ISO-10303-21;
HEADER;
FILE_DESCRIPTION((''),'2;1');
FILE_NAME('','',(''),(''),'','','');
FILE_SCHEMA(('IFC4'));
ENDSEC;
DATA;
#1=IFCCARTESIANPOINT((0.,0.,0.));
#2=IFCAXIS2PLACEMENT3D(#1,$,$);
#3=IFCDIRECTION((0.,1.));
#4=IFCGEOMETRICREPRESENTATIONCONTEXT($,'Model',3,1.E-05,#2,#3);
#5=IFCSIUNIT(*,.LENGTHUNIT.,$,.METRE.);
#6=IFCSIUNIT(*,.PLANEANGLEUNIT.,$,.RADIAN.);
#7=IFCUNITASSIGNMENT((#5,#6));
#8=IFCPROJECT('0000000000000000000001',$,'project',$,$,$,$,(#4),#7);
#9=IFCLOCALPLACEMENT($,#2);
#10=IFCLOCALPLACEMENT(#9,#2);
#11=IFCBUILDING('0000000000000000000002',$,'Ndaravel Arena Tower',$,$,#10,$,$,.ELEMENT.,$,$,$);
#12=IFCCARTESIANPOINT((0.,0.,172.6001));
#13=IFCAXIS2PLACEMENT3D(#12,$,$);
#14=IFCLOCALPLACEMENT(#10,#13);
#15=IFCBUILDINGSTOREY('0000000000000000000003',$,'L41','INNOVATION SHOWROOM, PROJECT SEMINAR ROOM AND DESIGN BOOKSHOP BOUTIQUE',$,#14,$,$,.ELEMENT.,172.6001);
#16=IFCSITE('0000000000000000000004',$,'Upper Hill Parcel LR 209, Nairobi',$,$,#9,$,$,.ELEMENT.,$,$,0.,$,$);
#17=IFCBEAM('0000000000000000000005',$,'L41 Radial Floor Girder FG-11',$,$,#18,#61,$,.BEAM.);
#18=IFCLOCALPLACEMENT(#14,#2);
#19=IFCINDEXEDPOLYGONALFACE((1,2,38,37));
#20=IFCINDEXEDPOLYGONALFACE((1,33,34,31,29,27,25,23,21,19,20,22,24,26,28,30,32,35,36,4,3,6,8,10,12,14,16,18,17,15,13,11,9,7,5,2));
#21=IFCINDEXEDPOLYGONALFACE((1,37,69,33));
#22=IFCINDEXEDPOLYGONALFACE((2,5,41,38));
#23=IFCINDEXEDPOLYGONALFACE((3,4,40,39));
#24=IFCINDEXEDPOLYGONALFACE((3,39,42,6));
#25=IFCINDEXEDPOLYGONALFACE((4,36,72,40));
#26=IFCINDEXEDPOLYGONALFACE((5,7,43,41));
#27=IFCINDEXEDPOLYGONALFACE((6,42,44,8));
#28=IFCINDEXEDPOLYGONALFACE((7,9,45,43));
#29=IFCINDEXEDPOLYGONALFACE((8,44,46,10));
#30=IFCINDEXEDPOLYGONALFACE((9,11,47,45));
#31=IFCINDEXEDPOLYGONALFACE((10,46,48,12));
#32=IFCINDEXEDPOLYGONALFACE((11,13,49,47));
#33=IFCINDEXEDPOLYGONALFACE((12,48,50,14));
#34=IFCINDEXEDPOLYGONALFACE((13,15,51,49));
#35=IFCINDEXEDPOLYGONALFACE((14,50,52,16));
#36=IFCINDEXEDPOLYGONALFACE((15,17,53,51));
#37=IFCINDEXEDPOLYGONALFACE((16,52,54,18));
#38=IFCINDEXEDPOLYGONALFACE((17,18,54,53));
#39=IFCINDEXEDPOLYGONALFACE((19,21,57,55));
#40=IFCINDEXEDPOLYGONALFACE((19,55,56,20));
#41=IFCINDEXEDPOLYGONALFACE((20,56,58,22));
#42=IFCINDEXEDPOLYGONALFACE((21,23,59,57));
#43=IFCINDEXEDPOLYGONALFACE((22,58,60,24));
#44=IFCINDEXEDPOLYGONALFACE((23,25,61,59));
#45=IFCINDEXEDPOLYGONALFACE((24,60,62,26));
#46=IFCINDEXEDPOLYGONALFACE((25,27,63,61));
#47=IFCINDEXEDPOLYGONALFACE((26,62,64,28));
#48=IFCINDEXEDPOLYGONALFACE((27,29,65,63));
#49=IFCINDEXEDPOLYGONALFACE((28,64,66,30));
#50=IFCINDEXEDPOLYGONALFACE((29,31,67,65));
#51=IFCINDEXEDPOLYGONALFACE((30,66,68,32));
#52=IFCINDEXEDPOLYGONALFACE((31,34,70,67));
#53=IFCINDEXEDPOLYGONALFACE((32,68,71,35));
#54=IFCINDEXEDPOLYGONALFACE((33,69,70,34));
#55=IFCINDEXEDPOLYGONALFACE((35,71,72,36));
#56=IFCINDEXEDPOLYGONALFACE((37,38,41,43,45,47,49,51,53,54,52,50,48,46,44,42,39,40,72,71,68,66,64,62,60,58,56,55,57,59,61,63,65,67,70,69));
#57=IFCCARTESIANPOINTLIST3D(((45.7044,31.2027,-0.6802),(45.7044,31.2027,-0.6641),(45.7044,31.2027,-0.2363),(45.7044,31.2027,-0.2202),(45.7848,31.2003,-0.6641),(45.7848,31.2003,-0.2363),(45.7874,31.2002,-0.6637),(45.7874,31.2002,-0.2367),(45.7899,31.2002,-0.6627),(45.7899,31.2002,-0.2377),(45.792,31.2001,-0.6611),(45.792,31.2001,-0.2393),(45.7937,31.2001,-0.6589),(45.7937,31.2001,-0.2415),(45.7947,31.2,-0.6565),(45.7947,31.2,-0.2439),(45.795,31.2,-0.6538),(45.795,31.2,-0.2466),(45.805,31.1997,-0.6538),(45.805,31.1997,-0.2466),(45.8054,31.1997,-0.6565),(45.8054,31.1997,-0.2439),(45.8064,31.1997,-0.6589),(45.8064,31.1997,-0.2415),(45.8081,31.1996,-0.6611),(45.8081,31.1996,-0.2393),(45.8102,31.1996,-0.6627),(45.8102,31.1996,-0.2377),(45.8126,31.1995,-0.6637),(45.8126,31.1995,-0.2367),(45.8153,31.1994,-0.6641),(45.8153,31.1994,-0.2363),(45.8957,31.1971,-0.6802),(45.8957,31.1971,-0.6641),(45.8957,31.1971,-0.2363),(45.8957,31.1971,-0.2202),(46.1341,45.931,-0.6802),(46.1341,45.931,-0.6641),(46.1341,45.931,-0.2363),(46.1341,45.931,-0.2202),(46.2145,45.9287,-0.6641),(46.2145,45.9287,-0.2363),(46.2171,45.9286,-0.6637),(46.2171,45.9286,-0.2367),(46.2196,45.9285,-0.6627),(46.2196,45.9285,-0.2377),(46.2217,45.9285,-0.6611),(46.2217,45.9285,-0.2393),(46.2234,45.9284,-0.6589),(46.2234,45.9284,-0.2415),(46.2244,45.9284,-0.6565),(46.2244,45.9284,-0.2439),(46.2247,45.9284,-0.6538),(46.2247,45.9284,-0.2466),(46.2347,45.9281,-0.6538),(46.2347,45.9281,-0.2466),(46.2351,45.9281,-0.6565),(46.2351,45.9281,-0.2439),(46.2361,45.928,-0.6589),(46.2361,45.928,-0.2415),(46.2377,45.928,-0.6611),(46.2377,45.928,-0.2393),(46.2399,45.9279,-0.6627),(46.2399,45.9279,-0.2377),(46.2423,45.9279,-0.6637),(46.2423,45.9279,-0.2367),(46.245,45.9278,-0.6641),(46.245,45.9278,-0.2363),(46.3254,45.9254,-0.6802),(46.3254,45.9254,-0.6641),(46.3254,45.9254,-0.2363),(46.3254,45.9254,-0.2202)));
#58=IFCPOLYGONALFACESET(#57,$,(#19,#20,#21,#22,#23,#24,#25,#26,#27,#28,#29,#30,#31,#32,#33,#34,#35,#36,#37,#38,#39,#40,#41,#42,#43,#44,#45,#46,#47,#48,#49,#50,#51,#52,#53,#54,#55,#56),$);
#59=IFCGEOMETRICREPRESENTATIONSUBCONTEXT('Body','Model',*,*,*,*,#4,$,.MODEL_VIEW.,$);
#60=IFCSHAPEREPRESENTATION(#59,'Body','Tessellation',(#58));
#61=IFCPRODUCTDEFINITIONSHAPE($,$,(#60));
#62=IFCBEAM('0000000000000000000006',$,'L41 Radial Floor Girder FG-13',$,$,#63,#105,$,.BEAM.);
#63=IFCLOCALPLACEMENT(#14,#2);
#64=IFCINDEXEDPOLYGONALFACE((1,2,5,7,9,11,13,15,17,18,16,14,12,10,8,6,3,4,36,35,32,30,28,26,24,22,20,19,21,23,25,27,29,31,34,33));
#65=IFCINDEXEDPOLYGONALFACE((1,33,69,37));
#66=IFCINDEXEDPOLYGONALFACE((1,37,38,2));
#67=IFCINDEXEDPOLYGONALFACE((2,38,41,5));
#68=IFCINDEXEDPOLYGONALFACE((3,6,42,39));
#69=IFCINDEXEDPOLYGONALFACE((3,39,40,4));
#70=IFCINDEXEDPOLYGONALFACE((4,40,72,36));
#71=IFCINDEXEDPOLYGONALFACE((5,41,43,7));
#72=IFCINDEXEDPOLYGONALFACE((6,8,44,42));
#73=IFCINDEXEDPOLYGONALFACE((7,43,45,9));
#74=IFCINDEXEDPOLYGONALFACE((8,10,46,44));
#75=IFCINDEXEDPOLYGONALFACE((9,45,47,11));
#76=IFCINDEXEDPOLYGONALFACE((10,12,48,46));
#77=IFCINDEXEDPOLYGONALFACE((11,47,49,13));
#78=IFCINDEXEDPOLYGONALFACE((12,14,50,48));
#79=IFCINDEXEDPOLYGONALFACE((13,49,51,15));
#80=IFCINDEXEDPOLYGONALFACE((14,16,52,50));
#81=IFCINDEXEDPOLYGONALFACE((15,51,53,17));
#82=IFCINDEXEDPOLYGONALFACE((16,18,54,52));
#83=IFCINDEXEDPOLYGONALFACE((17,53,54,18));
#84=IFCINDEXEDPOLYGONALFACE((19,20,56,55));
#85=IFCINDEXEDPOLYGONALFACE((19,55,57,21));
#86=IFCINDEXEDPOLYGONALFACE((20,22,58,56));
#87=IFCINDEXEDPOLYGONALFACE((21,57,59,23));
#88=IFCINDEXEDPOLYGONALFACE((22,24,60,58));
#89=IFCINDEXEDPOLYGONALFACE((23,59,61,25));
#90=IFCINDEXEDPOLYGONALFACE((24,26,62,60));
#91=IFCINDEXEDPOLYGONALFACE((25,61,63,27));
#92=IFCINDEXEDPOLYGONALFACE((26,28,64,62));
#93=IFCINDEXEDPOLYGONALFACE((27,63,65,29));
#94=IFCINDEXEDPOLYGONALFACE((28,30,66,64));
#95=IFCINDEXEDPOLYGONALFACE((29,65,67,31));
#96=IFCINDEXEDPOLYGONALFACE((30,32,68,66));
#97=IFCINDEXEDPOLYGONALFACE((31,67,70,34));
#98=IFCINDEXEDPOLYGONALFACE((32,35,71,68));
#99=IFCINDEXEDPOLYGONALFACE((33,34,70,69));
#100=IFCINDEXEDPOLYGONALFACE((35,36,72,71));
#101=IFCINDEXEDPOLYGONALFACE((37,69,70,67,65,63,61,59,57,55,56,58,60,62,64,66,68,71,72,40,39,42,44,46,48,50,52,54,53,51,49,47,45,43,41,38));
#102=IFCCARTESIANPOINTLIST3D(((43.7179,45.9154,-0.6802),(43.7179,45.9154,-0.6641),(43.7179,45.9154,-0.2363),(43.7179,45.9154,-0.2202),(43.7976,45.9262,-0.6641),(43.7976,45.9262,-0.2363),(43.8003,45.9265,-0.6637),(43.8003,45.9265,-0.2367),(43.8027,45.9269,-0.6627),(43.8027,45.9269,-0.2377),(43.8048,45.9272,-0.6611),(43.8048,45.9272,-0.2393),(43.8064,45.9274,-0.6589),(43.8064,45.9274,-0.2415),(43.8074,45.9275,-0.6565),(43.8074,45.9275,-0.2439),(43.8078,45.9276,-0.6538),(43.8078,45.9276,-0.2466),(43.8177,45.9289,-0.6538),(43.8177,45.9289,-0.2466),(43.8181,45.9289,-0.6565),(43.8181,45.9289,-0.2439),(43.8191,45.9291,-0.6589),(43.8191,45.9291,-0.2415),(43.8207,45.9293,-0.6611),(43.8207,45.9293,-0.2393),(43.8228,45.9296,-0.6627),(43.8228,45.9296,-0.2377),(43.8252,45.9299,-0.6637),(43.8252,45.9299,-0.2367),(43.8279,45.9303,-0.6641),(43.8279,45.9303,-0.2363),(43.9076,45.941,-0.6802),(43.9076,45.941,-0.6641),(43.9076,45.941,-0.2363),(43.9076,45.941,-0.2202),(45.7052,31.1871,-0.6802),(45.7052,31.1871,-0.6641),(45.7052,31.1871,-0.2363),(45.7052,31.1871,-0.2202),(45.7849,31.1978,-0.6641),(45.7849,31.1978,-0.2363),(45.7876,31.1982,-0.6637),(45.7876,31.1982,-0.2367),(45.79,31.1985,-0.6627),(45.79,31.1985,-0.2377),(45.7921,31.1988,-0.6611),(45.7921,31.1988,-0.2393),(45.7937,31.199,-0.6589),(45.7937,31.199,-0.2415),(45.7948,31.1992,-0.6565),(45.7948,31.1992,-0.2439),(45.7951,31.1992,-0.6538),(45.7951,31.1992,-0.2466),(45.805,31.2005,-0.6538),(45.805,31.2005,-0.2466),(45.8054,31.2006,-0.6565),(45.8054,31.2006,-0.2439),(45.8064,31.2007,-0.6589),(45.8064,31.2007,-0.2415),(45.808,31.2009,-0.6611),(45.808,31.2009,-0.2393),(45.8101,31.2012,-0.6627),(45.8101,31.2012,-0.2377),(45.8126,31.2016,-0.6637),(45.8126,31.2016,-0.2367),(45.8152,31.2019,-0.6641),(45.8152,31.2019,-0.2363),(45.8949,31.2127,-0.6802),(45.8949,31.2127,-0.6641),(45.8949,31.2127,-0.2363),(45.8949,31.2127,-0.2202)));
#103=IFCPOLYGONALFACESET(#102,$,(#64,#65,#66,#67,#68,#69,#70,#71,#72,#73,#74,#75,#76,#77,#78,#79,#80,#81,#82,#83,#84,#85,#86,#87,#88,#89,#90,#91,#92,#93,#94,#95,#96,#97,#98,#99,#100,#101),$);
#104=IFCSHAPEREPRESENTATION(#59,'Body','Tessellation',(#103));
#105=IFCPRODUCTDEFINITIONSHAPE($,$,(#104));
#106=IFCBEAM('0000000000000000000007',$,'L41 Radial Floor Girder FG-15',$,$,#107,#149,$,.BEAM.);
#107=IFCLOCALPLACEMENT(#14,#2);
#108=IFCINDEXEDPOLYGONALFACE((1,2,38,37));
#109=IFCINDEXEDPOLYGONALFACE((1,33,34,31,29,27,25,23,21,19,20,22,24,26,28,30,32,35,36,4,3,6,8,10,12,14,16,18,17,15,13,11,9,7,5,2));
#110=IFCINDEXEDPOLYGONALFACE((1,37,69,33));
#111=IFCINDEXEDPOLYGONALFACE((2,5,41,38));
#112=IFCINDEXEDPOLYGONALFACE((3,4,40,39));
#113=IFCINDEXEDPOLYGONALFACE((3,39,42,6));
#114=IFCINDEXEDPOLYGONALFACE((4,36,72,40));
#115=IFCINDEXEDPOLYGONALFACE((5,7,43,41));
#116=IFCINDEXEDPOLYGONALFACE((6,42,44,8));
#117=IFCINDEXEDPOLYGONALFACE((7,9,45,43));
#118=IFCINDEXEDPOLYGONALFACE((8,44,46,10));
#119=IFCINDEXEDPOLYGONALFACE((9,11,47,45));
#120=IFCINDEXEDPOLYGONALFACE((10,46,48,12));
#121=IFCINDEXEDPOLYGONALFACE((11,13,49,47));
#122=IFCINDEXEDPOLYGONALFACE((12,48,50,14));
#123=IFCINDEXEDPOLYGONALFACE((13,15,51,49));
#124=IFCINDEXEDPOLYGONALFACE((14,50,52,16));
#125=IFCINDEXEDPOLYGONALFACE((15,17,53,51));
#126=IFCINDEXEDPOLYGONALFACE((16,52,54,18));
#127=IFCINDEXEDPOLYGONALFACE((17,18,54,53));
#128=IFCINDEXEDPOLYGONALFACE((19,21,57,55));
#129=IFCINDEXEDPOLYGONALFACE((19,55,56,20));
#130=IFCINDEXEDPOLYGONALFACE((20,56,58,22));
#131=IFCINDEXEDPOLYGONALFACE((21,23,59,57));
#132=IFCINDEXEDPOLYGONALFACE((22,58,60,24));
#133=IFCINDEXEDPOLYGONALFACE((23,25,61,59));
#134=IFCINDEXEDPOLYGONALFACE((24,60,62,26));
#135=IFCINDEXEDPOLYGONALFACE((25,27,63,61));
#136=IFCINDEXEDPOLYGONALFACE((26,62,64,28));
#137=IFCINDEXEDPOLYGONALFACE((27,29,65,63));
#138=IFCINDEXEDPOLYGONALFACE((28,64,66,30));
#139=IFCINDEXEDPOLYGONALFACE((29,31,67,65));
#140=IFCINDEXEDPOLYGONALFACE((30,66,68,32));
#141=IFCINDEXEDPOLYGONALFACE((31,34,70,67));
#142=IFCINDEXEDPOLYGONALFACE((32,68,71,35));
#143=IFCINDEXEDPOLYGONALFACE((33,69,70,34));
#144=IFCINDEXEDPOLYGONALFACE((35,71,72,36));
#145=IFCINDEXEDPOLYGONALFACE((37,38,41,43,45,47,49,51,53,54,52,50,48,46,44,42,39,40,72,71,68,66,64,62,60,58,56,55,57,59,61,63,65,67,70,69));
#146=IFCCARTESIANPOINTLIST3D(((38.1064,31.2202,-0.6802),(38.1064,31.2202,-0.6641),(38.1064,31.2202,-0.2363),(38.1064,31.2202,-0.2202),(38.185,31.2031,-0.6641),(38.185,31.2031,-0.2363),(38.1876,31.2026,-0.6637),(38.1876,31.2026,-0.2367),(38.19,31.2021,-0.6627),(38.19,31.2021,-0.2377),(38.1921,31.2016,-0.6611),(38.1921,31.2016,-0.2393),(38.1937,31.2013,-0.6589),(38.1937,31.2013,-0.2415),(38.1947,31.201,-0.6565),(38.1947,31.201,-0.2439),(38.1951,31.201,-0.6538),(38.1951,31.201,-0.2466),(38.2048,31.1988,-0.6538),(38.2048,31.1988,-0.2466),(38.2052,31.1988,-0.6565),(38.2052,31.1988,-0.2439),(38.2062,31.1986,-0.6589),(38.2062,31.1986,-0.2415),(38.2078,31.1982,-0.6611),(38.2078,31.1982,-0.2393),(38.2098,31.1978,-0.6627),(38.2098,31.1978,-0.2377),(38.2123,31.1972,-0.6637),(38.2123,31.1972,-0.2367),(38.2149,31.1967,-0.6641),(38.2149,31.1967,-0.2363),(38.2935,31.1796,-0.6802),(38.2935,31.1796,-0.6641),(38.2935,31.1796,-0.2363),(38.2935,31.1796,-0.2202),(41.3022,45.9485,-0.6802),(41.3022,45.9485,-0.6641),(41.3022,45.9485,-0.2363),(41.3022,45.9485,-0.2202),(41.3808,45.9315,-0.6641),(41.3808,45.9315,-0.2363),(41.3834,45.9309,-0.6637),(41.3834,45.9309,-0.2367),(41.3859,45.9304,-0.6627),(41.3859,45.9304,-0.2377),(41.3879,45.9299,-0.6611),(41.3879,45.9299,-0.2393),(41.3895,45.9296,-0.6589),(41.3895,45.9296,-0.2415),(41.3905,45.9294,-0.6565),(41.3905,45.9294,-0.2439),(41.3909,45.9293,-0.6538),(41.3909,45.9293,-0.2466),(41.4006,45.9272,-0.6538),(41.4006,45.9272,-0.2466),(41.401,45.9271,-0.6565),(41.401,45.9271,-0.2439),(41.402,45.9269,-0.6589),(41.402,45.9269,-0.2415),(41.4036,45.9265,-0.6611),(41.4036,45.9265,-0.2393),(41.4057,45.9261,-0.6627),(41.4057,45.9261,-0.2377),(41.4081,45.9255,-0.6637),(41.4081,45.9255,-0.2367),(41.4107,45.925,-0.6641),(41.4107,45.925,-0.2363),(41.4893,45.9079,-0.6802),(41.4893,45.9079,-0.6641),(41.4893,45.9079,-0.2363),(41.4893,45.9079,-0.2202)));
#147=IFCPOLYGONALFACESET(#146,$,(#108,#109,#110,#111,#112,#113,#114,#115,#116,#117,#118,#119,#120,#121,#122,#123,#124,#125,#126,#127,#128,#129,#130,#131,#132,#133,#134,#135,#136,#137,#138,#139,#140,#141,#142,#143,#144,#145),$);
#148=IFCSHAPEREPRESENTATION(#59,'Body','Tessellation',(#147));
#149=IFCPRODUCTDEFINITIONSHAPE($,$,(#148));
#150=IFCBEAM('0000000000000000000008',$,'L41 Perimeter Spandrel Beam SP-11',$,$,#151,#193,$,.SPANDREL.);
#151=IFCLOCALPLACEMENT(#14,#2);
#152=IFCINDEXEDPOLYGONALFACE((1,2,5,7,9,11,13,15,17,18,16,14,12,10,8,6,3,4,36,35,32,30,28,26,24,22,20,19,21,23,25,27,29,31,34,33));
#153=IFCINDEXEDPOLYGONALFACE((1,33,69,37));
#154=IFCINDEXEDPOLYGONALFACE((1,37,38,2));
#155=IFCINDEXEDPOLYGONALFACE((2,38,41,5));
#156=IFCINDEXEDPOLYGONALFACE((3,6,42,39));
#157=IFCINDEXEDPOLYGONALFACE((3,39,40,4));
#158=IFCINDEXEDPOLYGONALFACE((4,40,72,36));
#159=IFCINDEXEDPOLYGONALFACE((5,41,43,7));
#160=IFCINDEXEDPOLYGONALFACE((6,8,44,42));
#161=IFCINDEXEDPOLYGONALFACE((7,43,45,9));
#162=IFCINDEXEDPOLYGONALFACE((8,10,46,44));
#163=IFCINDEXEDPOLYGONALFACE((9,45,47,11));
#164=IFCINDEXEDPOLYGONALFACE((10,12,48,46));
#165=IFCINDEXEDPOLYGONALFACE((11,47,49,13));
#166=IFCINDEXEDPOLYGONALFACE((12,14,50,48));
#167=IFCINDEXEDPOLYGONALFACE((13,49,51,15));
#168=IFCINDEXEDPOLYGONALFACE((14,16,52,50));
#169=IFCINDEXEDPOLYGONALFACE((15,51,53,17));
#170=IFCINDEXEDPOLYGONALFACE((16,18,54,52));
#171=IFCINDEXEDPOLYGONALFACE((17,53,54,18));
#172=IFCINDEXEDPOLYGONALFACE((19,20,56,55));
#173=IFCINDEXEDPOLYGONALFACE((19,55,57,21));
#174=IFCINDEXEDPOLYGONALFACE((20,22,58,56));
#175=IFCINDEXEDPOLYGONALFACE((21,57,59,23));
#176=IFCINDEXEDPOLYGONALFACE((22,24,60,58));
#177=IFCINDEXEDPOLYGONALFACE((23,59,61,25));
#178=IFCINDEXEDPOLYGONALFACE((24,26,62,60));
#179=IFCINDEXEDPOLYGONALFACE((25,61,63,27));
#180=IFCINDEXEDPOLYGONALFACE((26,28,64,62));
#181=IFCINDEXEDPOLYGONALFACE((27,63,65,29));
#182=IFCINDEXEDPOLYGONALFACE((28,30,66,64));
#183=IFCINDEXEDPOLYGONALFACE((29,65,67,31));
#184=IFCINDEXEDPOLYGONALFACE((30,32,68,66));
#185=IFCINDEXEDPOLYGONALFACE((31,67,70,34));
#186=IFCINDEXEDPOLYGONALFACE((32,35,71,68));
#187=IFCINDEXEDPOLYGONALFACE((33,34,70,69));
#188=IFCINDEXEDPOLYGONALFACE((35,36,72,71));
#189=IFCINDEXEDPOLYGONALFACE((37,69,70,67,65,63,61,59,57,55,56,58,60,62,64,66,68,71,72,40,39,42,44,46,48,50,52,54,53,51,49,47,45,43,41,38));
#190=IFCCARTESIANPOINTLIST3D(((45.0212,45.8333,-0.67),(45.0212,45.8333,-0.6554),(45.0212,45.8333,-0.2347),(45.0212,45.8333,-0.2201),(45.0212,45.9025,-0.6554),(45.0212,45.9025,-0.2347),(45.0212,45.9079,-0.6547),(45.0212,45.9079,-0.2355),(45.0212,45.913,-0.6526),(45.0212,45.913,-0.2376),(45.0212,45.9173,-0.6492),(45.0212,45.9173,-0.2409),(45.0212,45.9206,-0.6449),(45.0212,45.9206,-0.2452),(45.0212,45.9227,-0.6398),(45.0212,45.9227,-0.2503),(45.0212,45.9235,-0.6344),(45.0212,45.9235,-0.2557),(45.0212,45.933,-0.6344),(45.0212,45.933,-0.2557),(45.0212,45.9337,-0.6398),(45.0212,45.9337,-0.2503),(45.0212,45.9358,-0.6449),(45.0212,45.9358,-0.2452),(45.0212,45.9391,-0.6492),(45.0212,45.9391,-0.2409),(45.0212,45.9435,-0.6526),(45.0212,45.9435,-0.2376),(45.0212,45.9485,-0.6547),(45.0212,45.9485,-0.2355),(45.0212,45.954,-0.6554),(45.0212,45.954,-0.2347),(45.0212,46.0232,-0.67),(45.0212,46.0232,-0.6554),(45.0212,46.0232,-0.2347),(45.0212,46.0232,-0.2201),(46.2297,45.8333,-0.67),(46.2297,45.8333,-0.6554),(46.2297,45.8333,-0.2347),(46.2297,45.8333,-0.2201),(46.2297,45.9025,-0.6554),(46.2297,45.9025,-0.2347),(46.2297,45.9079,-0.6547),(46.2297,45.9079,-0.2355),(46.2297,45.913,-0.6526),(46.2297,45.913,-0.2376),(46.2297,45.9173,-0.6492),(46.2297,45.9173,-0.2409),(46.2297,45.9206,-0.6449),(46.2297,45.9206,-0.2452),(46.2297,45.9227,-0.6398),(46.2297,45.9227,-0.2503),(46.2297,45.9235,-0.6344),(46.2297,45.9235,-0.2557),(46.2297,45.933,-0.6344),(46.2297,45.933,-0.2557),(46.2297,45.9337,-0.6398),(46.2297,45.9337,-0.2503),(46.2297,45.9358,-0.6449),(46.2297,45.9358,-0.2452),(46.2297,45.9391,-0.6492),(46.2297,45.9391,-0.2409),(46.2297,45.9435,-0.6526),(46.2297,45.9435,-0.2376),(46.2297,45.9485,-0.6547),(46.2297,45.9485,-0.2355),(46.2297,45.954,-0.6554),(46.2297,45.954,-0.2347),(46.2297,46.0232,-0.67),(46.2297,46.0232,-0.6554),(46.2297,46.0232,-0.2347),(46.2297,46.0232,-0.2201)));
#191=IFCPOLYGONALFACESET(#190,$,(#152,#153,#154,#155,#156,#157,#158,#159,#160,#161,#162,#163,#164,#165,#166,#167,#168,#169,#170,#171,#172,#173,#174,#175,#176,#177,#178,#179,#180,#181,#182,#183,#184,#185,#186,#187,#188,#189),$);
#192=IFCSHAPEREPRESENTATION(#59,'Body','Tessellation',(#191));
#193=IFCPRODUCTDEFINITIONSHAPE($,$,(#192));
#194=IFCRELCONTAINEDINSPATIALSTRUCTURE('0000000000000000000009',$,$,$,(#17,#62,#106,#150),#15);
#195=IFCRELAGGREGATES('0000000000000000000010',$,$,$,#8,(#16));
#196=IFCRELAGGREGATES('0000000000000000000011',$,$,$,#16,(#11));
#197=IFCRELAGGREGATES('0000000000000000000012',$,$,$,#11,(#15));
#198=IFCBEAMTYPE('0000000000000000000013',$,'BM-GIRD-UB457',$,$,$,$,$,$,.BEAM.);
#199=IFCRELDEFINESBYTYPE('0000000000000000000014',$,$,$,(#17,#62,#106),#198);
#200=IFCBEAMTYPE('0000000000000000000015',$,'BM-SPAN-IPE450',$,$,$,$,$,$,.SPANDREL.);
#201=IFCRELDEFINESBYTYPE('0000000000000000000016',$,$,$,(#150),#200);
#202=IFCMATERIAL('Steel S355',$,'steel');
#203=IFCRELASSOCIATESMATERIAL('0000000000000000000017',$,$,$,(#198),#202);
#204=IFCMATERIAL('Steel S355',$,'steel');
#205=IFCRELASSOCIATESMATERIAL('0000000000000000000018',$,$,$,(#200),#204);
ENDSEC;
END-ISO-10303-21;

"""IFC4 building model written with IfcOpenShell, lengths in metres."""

from ifc_helpers import new_model, si_unit, direction, frame, origin, origin_2d, place, context, subcontext, project, spatial, i_section, extrude, material, material_profile, profile_set, type_object, element, save


model = new_model("IFC4")

# Units and contexts
model_context = context("Model", 3, precision=1e-05, world=origin(), true_north=direction((0.0, 1.0)))
body_context = subcontext(model_context, "Body", "Model", "MODEL_VIEW")
ifc_project = project(units=[si_unit("LENGTHUNIT", "METRE"), si_unit("PLANEANGLEUNIT", "RADIAN")], contexts=[model_context])

# Site, building, storey
site_placement = place(None, origin())
site = spatial("IfcSite", under=ifc_project, at=site_placement, Name="Upper Hill Parcel LR 209, Nairobi", CompositionType="ELEMENT", RefElevation=0.0)
building_placement = place(site_placement, origin())
building = spatial("IfcBuilding", under=site, at=building_placement, Name="Ndaravel Arena Tower", CompositionType="ELEMENT")
storey_placement = place(building_placement, frame((0.0, 0.0, 172.6001)))
storey = spatial("IfcBuildingStorey", under=building, at=storey_placement, Name="L41", Description="INNOVATION SHOWROOM, PROJECT SEMINAR ROOM AND DESIGN BOOKSHOP BOUTIQUE", CompositionType="ELEMENT", Elevation=172.6001)

# Beams
ifc_material_1 = material(Name="Steel S355", Category="steel")
ifc_material_profile_1 = material_profile(ifc_material_1, i_section(OverallWidth=0.1914, OverallDepth=0.46, WebThickness=0.01, FlangeThickness=0.0161, FilletRadius=0.0103, at=origin_2d()), Name="UB 457x191x82")
ifc_profile_set_1 = profile_set([ifc_material_profile_1], Name="Steel S355")
beam_type_1 = type_object("IfcBeamType", Name="BM-GIRD-UB457", PredefinedType="BEAM", material=ifc_profile_set_1)
beam_1_placement = place(storey_placement, frame((46.2297, 45.9282, -0.4502), z_axis=(-0.029162, -0.999575, 0.0), x_axis=(0.999575, -0.029162, 0.0)))
element("IfcBeam", 1, at=beam_1_placement, inside=storey, type_object=beam_type_1, Name="L41 Radial Floor Girder FG-11", PredefinedType="BEAM", context=body_context, shape_type="SweptSolid", body=[
    extrude(i_section(OverallWidth=0.1914, OverallDepth=0.46, WebThickness=0.01, FlangeThickness=0.0161, FilletRadius=0.0103, at=origin_2d()), origin(), (0.0, 0.0, 1.0), 14.7346),
])
beam_2_placement = place(storey_placement, frame((43.8127, 45.9282, -0.4502), z_axis=(0.13372, -0.991019, 0.0), x_axis=(0.991019, 0.13372, 0.0)))
element("IfcBeam", 2, at=beam_2_placement, inside=storey, type_object=beam_type_1, Name="L41 Radial Floor Girder FG-13", PredefinedType="BEAM", context=body_context, shape_type="SweptSolid", body=[
    extrude(i_section(OverallWidth=0.1914, OverallDepth=0.46, WebThickness=0.01, FlangeThickness=0.0161, FilletRadius=0.0103, at=origin_2d()), origin(), (0.0, 0.0, 1.0), 14.8618),
])
beam_3_placement = place(storey_placement, frame((41.3958, 45.9282, -0.4502), z_axis=(-0.21205, -0.977259, 0.0), x_axis=(0.977259, -0.21205, 0.0)))
element("IfcBeam", 3, at=beam_3_placement, inside=storey, type_object=beam_type_1, Name="L41 Radial Floor Girder FG-15", PredefinedType="BEAM", context=body_context, shape_type="SweptSolid", body=[
    extrude(i_section(OverallWidth=0.1914, OverallDepth=0.46, WebThickness=0.01, FlangeThickness=0.0161, FilletRadius=0.0103, at=origin_2d()), origin(), (0.0, 0.0, 1.0), 15.071),
])
ifc_material_2 = material(Name="Steel S355", Category="steel")
ifc_material_profile_2 = material_profile(ifc_material_2, i_section(OverallWidth=0.1899, OverallDepth=0.45, WebThickness=0.0095, FlangeThickness=0.0146, FilletRadius=0.021, at=origin_2d()), Name="IPE 450")
ifc_profile_set_2 = profile_set([ifc_material_profile_2], Name="Steel S355")
beam_type_2 = type_object("IfcBeamType", Name="BM-SPAN-IPE450", PredefinedType="SPANDREL", material=ifc_profile_set_2)
for number, where, z_axis, x_axis, name in (
    (4, (46.2297, 45.9282, -0.4451), (-1.0, 0.0, 0.0), (0.0, -1.0, 0.0), "L41 Perimeter Spandrel Beam SP-11"),
):
    element("IfcBeam", number, at=place(storey_placement, frame(where, z_axis=z_axis, x_axis=x_axis)), inside=storey, type_object=beam_type_2, Name=name, PredefinedType="SPANDREL", context=body_context, shape_type="SweptSolid", body=[
        extrude(i_section(OverallWidth=0.1899, OverallDepth=0.45, WebThickness=0.0095, FlangeThickness=0.0146, FilletRadius=0.021, at=origin_2d()), origin(), (0.0, 0.0, 1.0), 1.2085),
    ])

save(model, "model.ifc")
